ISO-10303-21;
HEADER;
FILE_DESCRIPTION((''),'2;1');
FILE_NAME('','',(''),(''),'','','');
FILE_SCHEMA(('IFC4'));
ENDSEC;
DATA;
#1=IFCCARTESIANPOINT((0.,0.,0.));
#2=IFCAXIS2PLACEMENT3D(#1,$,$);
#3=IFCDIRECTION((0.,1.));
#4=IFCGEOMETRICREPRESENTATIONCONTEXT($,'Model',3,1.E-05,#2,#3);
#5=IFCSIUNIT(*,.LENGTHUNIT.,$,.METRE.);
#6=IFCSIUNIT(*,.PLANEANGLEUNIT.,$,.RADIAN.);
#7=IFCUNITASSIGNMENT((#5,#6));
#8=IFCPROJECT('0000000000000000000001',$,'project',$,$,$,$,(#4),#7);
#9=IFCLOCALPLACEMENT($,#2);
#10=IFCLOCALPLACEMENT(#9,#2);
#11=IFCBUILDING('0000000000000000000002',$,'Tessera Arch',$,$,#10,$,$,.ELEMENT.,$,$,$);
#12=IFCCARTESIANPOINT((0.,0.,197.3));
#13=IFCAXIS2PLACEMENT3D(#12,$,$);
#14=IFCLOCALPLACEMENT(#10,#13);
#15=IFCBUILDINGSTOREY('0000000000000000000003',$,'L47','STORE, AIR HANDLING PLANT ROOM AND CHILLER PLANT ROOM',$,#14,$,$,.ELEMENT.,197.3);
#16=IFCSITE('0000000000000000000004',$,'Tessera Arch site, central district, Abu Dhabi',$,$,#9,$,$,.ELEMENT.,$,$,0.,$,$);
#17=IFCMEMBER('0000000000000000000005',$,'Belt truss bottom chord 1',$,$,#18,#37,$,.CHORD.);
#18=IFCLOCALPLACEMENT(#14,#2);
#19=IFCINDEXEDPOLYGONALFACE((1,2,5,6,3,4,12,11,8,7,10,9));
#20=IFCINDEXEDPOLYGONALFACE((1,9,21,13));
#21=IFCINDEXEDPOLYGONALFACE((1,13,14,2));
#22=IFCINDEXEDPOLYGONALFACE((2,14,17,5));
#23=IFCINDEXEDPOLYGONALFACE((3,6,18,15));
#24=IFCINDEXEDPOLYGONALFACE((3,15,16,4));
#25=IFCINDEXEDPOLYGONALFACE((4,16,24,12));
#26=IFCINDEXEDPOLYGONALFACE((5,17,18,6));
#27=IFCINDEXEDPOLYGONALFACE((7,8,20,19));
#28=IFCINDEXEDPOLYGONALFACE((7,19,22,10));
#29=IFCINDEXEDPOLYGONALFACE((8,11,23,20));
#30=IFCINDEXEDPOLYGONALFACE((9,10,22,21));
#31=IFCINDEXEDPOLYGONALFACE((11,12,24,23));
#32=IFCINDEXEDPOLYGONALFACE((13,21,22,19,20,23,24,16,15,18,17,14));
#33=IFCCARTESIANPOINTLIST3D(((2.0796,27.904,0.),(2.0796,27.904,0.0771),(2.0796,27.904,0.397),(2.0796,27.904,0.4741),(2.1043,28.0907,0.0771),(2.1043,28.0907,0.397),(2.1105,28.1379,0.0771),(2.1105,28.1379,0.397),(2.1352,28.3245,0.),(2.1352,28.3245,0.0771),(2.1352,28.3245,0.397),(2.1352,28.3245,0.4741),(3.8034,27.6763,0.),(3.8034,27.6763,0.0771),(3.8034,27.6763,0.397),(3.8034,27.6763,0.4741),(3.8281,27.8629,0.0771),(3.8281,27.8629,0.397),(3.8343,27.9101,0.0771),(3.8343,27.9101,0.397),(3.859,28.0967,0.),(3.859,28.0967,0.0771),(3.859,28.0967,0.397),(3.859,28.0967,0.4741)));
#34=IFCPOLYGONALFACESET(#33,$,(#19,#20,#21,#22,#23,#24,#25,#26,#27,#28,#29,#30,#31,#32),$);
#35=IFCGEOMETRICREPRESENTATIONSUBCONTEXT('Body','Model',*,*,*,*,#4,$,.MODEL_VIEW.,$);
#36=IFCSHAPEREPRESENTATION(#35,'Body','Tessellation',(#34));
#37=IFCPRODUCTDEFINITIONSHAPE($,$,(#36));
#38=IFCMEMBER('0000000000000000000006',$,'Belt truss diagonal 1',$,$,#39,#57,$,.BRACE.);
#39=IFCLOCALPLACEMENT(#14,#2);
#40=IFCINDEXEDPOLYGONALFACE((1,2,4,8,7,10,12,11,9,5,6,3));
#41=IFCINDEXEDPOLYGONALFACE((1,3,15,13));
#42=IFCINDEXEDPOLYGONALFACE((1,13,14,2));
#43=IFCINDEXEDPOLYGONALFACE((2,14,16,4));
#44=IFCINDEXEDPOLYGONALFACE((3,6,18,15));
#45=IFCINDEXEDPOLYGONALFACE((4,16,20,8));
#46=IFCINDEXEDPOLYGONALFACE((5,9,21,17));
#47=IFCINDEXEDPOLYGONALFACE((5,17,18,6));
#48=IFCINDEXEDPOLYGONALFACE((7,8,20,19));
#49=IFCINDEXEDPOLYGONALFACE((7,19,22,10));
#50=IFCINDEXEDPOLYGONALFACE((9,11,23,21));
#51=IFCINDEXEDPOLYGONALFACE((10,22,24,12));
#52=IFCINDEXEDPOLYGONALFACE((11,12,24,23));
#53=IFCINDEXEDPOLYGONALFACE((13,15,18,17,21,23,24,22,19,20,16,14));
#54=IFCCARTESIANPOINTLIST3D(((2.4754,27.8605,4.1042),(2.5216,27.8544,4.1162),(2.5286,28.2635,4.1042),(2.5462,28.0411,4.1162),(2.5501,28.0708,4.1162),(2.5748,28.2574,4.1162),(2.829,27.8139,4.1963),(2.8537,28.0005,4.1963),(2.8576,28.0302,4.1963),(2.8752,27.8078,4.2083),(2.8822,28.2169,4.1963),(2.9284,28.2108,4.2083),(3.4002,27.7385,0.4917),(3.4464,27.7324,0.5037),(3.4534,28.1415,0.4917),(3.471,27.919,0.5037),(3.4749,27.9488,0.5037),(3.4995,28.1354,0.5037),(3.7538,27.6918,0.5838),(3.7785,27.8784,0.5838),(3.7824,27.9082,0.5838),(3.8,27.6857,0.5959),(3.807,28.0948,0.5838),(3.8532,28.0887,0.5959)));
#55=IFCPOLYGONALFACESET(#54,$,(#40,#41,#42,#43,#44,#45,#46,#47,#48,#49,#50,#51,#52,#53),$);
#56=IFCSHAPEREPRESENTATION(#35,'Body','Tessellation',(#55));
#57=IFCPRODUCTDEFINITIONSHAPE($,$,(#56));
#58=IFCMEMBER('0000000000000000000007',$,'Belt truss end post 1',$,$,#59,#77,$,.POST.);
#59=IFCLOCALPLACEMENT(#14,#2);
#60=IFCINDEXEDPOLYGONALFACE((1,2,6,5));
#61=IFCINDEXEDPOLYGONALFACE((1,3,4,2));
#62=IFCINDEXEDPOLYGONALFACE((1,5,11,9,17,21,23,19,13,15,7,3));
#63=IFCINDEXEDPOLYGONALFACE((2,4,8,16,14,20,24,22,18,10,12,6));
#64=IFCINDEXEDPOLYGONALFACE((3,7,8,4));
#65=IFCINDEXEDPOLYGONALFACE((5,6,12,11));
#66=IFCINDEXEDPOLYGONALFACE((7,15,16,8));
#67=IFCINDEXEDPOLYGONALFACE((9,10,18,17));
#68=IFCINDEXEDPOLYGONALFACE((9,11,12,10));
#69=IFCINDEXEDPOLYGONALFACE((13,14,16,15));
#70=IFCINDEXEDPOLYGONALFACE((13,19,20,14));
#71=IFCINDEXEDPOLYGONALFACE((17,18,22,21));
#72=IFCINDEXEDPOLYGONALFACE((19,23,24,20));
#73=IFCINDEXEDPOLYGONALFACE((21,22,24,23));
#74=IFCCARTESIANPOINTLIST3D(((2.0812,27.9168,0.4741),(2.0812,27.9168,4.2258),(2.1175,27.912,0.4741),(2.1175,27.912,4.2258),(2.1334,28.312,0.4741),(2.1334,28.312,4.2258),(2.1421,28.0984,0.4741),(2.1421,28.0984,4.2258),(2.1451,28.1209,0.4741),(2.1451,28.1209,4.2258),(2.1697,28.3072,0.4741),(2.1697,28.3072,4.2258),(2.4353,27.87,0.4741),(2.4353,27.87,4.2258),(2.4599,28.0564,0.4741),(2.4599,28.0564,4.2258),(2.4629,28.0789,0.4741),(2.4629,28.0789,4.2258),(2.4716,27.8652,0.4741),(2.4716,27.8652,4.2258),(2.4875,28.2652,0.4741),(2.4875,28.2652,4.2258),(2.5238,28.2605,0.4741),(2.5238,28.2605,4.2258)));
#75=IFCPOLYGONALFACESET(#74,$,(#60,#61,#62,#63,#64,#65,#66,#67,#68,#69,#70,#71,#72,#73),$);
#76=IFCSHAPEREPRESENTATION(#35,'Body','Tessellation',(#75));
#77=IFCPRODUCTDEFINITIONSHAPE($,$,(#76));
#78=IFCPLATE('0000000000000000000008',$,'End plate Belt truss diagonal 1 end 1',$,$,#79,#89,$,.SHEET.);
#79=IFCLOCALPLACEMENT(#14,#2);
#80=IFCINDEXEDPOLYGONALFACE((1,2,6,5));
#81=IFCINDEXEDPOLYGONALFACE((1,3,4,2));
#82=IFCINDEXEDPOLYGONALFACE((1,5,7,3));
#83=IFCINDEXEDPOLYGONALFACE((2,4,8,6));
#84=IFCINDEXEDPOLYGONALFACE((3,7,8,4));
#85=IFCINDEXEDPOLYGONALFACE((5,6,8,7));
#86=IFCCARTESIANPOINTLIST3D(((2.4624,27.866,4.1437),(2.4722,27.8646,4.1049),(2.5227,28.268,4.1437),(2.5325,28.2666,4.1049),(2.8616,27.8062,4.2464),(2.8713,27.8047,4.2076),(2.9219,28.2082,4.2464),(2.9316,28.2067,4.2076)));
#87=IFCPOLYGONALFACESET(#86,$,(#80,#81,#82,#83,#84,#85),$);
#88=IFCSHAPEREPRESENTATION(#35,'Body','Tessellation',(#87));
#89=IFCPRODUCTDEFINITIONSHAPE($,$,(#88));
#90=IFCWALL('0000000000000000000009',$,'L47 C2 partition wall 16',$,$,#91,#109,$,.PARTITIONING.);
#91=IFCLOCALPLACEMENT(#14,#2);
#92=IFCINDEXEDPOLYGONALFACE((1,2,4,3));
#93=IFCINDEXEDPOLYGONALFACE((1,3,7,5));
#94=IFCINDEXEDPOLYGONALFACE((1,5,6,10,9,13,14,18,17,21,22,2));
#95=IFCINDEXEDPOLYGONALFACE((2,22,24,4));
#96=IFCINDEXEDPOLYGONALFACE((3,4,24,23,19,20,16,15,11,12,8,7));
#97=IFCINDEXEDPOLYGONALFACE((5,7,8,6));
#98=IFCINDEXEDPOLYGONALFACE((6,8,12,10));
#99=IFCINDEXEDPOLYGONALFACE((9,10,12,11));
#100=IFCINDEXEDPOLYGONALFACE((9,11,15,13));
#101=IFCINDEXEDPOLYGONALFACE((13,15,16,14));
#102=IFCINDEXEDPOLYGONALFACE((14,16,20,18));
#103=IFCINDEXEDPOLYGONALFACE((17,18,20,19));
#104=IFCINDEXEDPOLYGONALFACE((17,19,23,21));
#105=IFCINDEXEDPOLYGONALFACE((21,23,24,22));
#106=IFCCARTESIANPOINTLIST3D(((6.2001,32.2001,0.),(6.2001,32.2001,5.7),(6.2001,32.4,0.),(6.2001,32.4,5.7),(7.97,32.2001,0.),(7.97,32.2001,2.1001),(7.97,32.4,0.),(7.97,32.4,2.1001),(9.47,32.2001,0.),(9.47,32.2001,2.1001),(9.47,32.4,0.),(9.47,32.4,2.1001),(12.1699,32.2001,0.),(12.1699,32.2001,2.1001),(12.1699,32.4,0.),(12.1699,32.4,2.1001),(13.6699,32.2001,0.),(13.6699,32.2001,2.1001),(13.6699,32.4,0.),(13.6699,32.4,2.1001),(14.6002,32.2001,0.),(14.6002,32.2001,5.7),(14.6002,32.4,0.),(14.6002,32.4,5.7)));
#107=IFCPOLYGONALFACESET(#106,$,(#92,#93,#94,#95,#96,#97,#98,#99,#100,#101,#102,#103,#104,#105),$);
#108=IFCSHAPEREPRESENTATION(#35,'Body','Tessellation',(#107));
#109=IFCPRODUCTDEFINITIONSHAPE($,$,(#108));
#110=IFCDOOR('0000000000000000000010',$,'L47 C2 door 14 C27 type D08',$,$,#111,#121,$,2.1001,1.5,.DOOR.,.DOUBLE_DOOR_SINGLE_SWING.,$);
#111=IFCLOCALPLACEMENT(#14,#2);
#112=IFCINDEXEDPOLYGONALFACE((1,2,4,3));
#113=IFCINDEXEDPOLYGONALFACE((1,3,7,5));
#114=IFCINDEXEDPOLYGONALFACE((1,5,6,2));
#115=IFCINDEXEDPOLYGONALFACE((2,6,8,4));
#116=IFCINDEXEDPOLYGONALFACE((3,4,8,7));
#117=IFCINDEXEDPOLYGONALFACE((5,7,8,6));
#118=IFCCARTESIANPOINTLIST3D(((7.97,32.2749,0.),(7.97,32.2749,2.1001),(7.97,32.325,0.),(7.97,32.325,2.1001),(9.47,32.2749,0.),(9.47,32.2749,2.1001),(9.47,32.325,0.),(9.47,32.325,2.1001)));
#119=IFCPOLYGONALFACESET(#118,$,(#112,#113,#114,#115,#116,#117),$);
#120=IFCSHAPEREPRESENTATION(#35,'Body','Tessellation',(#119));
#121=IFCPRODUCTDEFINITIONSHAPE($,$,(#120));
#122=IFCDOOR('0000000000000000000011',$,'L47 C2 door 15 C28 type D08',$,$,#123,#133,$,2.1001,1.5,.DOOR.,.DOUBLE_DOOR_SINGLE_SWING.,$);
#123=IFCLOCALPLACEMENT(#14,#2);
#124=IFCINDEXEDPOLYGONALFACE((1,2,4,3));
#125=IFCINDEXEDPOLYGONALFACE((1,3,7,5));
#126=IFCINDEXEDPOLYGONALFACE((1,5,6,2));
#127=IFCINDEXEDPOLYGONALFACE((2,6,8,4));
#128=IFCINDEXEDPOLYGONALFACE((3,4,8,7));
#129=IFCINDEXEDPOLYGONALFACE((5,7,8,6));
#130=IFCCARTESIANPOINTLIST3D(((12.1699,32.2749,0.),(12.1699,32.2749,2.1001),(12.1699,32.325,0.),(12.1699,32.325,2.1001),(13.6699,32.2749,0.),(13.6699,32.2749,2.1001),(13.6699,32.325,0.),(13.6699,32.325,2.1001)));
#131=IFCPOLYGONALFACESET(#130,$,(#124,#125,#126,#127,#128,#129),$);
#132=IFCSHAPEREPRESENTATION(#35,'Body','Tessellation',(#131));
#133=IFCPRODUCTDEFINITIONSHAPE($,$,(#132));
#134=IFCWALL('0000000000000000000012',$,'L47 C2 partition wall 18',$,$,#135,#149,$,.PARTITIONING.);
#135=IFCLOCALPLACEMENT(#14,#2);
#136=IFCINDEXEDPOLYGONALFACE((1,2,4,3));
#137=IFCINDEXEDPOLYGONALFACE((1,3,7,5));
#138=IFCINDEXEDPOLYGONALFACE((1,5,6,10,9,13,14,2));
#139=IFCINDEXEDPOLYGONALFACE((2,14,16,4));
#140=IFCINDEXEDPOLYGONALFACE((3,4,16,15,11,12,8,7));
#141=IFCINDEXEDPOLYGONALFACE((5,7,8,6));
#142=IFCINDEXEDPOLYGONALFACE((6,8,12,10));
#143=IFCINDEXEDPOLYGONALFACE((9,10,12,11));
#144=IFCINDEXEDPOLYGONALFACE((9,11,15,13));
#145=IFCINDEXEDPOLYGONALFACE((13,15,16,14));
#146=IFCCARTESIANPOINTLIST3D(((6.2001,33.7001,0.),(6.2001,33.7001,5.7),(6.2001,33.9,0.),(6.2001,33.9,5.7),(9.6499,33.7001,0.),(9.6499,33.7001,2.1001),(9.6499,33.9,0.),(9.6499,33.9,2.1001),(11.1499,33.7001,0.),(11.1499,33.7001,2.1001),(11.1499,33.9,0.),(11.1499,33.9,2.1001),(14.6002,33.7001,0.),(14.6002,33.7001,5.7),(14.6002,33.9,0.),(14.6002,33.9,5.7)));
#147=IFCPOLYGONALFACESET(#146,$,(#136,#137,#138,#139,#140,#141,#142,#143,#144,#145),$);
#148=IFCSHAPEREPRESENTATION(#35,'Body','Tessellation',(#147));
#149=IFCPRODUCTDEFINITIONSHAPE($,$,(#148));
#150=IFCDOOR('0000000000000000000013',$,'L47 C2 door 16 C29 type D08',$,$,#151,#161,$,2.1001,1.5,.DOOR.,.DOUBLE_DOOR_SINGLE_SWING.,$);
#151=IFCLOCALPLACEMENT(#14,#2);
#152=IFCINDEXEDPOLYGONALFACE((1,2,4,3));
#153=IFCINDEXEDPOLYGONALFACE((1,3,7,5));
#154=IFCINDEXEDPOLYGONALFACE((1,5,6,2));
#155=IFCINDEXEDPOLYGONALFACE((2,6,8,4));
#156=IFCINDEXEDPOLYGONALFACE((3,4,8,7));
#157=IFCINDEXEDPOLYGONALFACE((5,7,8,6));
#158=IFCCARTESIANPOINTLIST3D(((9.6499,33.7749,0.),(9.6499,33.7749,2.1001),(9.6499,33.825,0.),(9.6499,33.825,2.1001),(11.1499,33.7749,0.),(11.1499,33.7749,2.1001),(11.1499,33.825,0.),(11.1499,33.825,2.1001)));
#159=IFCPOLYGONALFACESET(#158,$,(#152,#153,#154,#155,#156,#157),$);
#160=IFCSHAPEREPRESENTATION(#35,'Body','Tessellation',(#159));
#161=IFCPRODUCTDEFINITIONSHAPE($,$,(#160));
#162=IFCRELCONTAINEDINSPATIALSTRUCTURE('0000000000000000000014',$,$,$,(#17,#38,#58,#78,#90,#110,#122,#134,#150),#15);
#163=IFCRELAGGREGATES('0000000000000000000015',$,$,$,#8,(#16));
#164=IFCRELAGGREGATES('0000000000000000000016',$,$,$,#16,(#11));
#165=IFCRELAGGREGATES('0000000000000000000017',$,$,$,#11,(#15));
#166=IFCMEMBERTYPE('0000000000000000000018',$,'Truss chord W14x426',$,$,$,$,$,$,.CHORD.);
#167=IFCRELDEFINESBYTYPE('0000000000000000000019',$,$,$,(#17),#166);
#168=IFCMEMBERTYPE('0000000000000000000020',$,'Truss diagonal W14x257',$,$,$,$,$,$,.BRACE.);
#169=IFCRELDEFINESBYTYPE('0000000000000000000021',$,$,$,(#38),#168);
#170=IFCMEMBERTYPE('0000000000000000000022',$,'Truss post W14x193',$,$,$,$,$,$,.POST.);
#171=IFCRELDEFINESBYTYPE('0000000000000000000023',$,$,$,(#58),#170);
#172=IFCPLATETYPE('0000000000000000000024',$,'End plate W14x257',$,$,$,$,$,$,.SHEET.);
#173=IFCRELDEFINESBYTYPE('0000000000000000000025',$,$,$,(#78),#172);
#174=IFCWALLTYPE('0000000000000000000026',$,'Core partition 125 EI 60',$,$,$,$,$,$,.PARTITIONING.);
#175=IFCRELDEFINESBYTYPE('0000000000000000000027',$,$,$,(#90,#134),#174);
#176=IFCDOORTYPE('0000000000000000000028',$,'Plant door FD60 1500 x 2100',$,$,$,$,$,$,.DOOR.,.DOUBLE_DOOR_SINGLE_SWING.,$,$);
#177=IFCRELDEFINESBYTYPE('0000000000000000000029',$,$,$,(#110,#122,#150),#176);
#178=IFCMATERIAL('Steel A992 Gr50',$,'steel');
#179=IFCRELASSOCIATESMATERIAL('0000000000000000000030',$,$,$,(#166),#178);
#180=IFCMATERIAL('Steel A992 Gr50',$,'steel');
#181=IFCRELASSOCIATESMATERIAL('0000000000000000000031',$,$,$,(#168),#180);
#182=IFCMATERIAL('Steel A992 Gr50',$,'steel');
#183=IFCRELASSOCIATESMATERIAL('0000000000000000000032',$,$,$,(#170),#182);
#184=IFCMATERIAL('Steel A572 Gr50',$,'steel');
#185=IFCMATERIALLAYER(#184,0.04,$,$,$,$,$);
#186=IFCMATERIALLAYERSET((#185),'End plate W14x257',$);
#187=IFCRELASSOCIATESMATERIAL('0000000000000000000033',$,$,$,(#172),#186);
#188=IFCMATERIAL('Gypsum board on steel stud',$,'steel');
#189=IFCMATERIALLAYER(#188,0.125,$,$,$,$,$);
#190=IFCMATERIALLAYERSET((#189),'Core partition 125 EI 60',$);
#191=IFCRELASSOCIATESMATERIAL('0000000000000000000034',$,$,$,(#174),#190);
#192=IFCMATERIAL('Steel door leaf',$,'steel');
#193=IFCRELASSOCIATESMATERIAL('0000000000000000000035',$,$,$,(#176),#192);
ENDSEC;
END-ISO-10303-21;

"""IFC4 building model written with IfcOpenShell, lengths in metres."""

from ifc_helpers import new_model, si_unit, direction, frame, frame_2d, origin, origin_2d, place, context, subcontext, project, spatial, rectangle, i_section, extrude, material, layer, layer_set, material_profile, profile_set, type_object, element, fill, save


model = new_model("IFC4")

# Units and contexts
model_context = context("Model", 3, precision=1e-05, world=origin(), true_north=direction((0.0, 1.0)))
body_context = subcontext(model_context, "Body", "Model", "MODEL_VIEW")
ifc_project = project(units=[si_unit("LENGTHUNIT", "METRE"), si_unit("PLANEANGLEUNIT", "RADIAN")], contexts=[model_context])

# Site, building, storey
site_placement = place(None, origin())
site = spatial("IfcSite", under=ifc_project, at=site_placement, Name="Tessera Arch site, central district, Abu Dhabi", CompositionType="ELEMENT", RefElevation=0.0)
building_placement = place(site_placement, origin())
building = spatial("IfcBuilding", under=site, at=building_placement, Name="Tessera Arch", CompositionType="ELEMENT")
storey_placement = place(building_placement, frame((0.0, 0.0, 197.3)))
storey = spatial("IfcBuildingStorey", under=building, at=storey_placement, Name="L47", Description="STORE, AIR HANDLING PLANT ROOM AND CHILLER PLANT ROOM", CompositionType="ELEMENT", Elevation=197.3)

# Members
ifc_material_1 = material(Name="Steel A992 Gr50", Category="steel")
ifc_material_profile_1 = material_profile(ifc_material_1, i_section(OverallWidth=0.4241, OverallDepth=0.4741, WebThickness=0.0476, FlangeThickness=0.0771, at=origin_2d()), Name="W14x426")
ifc_profile_set_1 = profile_set([ifc_material_profile_1], Name="Steel A992 Gr50")
member_type_1 = type_object("IfcMemberType", Name="Truss chord W14x426", PredefinedType="CHORD", material=ifc_profile_set_1)
member_1_placement = place(storey_placement, frame((2.1074, 28.1143, 0.2371), z_axis=(0.991383, -0.130996, 0.0), x_axis=(0.130996, 0.991383, 0.0)))
element("IfcMember", 1, at=member_1_placement, inside=storey, type_object=member_type_1, Name="Belt truss bottom chord 1", PredefinedType="CHORD", context=body_context, shape_type="SweptSolid", body=[
    extrude(i_section(OverallWidth=0.4241, OverallDepth=0.4741, WebThickness=0.0476, FlangeThickness=0.0771, at=origin_2d()), origin(), (0.0, 0.0, 1.0), 1.7388),
])
ifc_material_2 = material(Name="Steel A992 Gr50", Category="steel")
ifc_material_profile_2 = material_profile(ifc_material_2, i_section(OverallWidth=0.4065, OverallDepth=0.4165, WebThickness=0.03, FlangeThickness=0.0481, at=origin_2d()), Name="W14x257")
ifc_profile_set_2 = profile_set([ifc_material_profile_2], Name="Steel A992 Gr50")
member_type_2 = type_object("IfcMemberType", Name="Truss diagonal W14x257", PredefinedType="BRACE", material=ifc_profile_set_2)
member_2_placement = place(storey_placement, frame((2.7019, 28.0356, 4.1562), z_axis=(0.247868, -0.032717, -0.968241), x_axis=(0.130861, 0.991401, 0.0)))
element("IfcMember", 2, at=member_2_placement, inside=storey, type_object=member_type_2, Name="Belt truss diagonal 1", PredefinedType="BRACE", context=body_context, shape_type="SweptSolid", body=[
    extrude(i_section(OverallWidth=0.4065, OverallDepth=0.4165, WebThickness=0.03, FlangeThickness=0.0481, at=origin_2d()), origin(), (0.0, 0.0, 1.0), 3.731),
])
ifc_material_3 = material(Name="Steel A992 Gr50", Category="steel")
ifc_material_profile_3 = material_profile(ifc_material_3, i_section(OverallWidth=0.3987, OverallDepth=0.3938, WebThickness=0.0227, FlangeThickness=0.0366, at=origin_2d()), Name="W14x193")
ifc_profile_set_3 = profile_set([ifc_material_profile_3], Name="Steel A992 Gr50")
member_type_3 = type_object("IfcMemberType", Name="Truss post W14x193", PredefinedType="POST", material=ifc_profile_set_3)
member_3_placement = place(storey_placement, frame((2.3025, 28.0886, 0.4741), z_axis=(0.0, 0.0, 1.0), x_axis=(0.131003, 0.991382, 0.0)))
element("IfcMember", 3, at=member_3_placement, inside=storey, type_object=member_type_3, Name="Belt truss end post 1", PredefinedType="POST", context=body_context, shape_type="SweptSolid", body=[
    extrude(i_section(OverallWidth=0.3987, OverallDepth=0.3938, WebThickness=0.0227, FlangeThickness=0.0366, at=origin_2d()), origin(), (0.0, 0.0, 1.0), 3.7517),
])

# Plate
ifc_material_4 = material(Name="Steel A572 Gr50", Category="steel")
ifc_layer_1 = layer(ifc_material_4, 0.04)
ifc_layer_set_1 = layer_set([ifc_layer_1], Name="End plate W14x257")
plate_type = type_object("IfcPlateType", Name="End plate W14x257", PredefinedType="SHEET", material=ifc_layer_set_1)
plate_placement = place(storey_placement, frame((2.6921, 28.0371, 4.1951), z_axis=(0.243807, -0.036571, -0.969134), x_axis=(0.14834, 0.988936, 0.0)))
element("IfcPlate", 4, at=plate_placement, inside=storey, type_object=plate_type, Name="End plate Belt truss diagonal 1 end 1", PredefinedType="SHEET", context=body_context, shape_type="SweptSolid", body=[
    extrude(rectangle(XDim=0.4065, YDim=0.4165, at=origin_2d()), origin(), (0.0, 0.0, 1.0), 0.04),
])

# Wall, openings, doors
ifc_material_5 = material(Name="Gypsum board on steel stud", Category="steel")
ifc_layer_2 = layer(ifc_material_5, 0.125)
ifc_layer_set_2 = layer_set([ifc_layer_2], Name="Core partition 125 EI 60")
wall_type_1 = type_object("IfcWallType", Name="Core partition 125 EI 60", PredefinedType="PARTITIONING", material=ifc_layer_set_2)
wall_1_placement = place(storey_placement, frame((6.2, 32.3, 0.0), z_axis=(0.0, 0.0, 1.0), x_axis=(1.0, 0.0, 0.0)))
wall_1 = element("IfcWall", 5, at=wall_1_placement, inside=storey, type_object=wall_type_1, Name="L47 C2 partition wall 16", PredefinedType="PARTITIONING", context=body_context, shape_type="SweptSolid", body=[
    extrude(rectangle(XDim=8.4001, YDim=0.2, at=frame_2d((4.2002, 0.0))), origin(), (0.0, 0.0, 1.0), 5.7),
])
opening_1_placement = place(wall_1_placement, frame((1.77, 0.0, 0.0)))
opening_1 = element("IfcOpeningElement", 6, at=opening_1_placement, cuts=wall_1, PredefinedType="OPENING", context=body_context, shape_type="SweptSolid", body=[
    extrude(rectangle(XDim=1.5, YDim=2.1001, at=frame_2d((0.75, 1.05))), frame((0.0, 0.1099, 0.0), z_axis=(0.0, -1.0, 0.0), x_axis=(1.0, 0.0, 0.0)), (0.0, 0.0, 1.0), 0.22),
])
opening_2_placement = place(wall_1_placement, frame((5.97, 0.0, 0.0)))
opening_2 = element("IfcOpeningElement", 7, at=opening_2_placement, cuts=wall_1, PredefinedType="OPENING", context=body_context, shape_type="SweptSolid", body=[
    extrude(rectangle(XDim=1.5, YDim=2.1001, at=frame_2d((0.75, 1.05))), frame((0.0, 0.1099, 0.0), z_axis=(0.0, -1.0, 0.0), x_axis=(1.0, 0.0, 0.0)), (0.0, 0.0, 1.0), 0.22),
])
ifc_material_6 = material(Name="Steel door leaf", Category="steel")
door_type_1 = type_object("IfcDoorType", Name="Plant door FD60 1500 x 2100", OperationType="DOUBLE_DOOR_SINGLE_SWING", PredefinedType="DOOR", material=ifc_material_6)
door_1_placement = place(opening_1_placement, origin())
door_1 = element("IfcDoor", 8, at=door_1_placement, inside=storey, type_object=door_type_1, Name="L47 C2 door 14 C27 type D08", OperationType="DOUBLE_DOOR_SINGLE_SWING", OverallHeight=2.1001, OverallWidth=1.5, PredefinedType="DOOR", context=body_context, shape_type="SweptSolid", body=[
    extrude(rectangle(XDim=1.5, YDim=2.1001, at=frame_2d((0.75, 1.05))), frame((0.0, 0.0249, 0.0), z_axis=(0.0, -1.0, 0.0), x_axis=(1.0, 0.0, 0.0)), (0.0, 0.0, 1.0), 0.05),
])
fill(opening_1, door_1)
door_2_placement = place(opening_2_placement, origin())
door_2 = element("IfcDoor", 9, at=door_2_placement, inside=storey, type_object=door_type_1, Name="L47 C2 door 15 C28 type D08", OperationType="DOUBLE_DOOR_SINGLE_SWING", OverallHeight=2.1001, OverallWidth=1.5, PredefinedType="DOOR", context=body_context, shape_type="SweptSolid", body=[
    extrude(rectangle(XDim=1.5, YDim=2.1001, at=frame_2d((0.75, 1.05))), frame((0.0, 0.0249, 0.0), z_axis=(0.0, -1.0, 0.0), x_axis=(1.0, 0.0, 0.0)), (0.0, 0.0, 1.0), 0.05),
])
fill(opening_2, door_2)

# Wall, opening, door
wall_2_placement = place(storey_placement, frame((6.2, 33.8, 0.0), z_axis=(0.0, 0.0, 1.0), x_axis=(1.0, 0.0, 0.0)))
wall_2 = element("IfcWall", 10, at=wall_2_placement, inside=storey, type_object=wall_type_1, Name="L47 C2 partition wall 18", PredefinedType="PARTITIONING", context=body_context, shape_type="SweptSolid", body=[
    extrude(rectangle(XDim=8.4001, YDim=0.2, at=frame_2d((4.2002, 0.0))), origin(), (0.0, 0.0, 1.0), 5.7),
])
opening_3_placement = place(wall_2_placement, frame((3.45, 0.0, 0.0)))
opening_3 = element("IfcOpeningElement", 11, at=opening_3_placement, cuts=wall_2, PredefinedType="OPENING", context=body_context, shape_type="SweptSolid", body=[
    extrude(rectangle(XDim=1.5, YDim=2.1001, at=frame_2d((0.75, 1.05))), frame((0.0, 0.1099, 0.0), z_axis=(0.0, -1.0, 0.0), x_axis=(1.0, 0.0, 0.0)), (0.0, 0.0, 1.0), 0.22),
])
door_3_placement = place(opening_3_placement, origin())
door_3 = element("IfcDoor", 12, at=door_3_placement, inside=storey, type_object=door_type_1, Name="L47 C2 door 16 C29 type D08", OperationType="DOUBLE_DOOR_SINGLE_SWING", OverallHeight=2.1001, OverallWidth=1.5, PredefinedType="DOOR", context=body_context, shape_type="SweptSolid", body=[
    extrude(rectangle(XDim=1.5, YDim=2.1001, at=frame_2d((0.75, 1.05))), frame((0.0, 0.0249, 0.0), z_axis=(0.0, -1.0, 0.0), x_axis=(1.0, 0.0, 0.0)), (0.0, 0.0, 1.0), 0.05),
])
fill(opening_3, door_3)

save(model, "model.ifc")
